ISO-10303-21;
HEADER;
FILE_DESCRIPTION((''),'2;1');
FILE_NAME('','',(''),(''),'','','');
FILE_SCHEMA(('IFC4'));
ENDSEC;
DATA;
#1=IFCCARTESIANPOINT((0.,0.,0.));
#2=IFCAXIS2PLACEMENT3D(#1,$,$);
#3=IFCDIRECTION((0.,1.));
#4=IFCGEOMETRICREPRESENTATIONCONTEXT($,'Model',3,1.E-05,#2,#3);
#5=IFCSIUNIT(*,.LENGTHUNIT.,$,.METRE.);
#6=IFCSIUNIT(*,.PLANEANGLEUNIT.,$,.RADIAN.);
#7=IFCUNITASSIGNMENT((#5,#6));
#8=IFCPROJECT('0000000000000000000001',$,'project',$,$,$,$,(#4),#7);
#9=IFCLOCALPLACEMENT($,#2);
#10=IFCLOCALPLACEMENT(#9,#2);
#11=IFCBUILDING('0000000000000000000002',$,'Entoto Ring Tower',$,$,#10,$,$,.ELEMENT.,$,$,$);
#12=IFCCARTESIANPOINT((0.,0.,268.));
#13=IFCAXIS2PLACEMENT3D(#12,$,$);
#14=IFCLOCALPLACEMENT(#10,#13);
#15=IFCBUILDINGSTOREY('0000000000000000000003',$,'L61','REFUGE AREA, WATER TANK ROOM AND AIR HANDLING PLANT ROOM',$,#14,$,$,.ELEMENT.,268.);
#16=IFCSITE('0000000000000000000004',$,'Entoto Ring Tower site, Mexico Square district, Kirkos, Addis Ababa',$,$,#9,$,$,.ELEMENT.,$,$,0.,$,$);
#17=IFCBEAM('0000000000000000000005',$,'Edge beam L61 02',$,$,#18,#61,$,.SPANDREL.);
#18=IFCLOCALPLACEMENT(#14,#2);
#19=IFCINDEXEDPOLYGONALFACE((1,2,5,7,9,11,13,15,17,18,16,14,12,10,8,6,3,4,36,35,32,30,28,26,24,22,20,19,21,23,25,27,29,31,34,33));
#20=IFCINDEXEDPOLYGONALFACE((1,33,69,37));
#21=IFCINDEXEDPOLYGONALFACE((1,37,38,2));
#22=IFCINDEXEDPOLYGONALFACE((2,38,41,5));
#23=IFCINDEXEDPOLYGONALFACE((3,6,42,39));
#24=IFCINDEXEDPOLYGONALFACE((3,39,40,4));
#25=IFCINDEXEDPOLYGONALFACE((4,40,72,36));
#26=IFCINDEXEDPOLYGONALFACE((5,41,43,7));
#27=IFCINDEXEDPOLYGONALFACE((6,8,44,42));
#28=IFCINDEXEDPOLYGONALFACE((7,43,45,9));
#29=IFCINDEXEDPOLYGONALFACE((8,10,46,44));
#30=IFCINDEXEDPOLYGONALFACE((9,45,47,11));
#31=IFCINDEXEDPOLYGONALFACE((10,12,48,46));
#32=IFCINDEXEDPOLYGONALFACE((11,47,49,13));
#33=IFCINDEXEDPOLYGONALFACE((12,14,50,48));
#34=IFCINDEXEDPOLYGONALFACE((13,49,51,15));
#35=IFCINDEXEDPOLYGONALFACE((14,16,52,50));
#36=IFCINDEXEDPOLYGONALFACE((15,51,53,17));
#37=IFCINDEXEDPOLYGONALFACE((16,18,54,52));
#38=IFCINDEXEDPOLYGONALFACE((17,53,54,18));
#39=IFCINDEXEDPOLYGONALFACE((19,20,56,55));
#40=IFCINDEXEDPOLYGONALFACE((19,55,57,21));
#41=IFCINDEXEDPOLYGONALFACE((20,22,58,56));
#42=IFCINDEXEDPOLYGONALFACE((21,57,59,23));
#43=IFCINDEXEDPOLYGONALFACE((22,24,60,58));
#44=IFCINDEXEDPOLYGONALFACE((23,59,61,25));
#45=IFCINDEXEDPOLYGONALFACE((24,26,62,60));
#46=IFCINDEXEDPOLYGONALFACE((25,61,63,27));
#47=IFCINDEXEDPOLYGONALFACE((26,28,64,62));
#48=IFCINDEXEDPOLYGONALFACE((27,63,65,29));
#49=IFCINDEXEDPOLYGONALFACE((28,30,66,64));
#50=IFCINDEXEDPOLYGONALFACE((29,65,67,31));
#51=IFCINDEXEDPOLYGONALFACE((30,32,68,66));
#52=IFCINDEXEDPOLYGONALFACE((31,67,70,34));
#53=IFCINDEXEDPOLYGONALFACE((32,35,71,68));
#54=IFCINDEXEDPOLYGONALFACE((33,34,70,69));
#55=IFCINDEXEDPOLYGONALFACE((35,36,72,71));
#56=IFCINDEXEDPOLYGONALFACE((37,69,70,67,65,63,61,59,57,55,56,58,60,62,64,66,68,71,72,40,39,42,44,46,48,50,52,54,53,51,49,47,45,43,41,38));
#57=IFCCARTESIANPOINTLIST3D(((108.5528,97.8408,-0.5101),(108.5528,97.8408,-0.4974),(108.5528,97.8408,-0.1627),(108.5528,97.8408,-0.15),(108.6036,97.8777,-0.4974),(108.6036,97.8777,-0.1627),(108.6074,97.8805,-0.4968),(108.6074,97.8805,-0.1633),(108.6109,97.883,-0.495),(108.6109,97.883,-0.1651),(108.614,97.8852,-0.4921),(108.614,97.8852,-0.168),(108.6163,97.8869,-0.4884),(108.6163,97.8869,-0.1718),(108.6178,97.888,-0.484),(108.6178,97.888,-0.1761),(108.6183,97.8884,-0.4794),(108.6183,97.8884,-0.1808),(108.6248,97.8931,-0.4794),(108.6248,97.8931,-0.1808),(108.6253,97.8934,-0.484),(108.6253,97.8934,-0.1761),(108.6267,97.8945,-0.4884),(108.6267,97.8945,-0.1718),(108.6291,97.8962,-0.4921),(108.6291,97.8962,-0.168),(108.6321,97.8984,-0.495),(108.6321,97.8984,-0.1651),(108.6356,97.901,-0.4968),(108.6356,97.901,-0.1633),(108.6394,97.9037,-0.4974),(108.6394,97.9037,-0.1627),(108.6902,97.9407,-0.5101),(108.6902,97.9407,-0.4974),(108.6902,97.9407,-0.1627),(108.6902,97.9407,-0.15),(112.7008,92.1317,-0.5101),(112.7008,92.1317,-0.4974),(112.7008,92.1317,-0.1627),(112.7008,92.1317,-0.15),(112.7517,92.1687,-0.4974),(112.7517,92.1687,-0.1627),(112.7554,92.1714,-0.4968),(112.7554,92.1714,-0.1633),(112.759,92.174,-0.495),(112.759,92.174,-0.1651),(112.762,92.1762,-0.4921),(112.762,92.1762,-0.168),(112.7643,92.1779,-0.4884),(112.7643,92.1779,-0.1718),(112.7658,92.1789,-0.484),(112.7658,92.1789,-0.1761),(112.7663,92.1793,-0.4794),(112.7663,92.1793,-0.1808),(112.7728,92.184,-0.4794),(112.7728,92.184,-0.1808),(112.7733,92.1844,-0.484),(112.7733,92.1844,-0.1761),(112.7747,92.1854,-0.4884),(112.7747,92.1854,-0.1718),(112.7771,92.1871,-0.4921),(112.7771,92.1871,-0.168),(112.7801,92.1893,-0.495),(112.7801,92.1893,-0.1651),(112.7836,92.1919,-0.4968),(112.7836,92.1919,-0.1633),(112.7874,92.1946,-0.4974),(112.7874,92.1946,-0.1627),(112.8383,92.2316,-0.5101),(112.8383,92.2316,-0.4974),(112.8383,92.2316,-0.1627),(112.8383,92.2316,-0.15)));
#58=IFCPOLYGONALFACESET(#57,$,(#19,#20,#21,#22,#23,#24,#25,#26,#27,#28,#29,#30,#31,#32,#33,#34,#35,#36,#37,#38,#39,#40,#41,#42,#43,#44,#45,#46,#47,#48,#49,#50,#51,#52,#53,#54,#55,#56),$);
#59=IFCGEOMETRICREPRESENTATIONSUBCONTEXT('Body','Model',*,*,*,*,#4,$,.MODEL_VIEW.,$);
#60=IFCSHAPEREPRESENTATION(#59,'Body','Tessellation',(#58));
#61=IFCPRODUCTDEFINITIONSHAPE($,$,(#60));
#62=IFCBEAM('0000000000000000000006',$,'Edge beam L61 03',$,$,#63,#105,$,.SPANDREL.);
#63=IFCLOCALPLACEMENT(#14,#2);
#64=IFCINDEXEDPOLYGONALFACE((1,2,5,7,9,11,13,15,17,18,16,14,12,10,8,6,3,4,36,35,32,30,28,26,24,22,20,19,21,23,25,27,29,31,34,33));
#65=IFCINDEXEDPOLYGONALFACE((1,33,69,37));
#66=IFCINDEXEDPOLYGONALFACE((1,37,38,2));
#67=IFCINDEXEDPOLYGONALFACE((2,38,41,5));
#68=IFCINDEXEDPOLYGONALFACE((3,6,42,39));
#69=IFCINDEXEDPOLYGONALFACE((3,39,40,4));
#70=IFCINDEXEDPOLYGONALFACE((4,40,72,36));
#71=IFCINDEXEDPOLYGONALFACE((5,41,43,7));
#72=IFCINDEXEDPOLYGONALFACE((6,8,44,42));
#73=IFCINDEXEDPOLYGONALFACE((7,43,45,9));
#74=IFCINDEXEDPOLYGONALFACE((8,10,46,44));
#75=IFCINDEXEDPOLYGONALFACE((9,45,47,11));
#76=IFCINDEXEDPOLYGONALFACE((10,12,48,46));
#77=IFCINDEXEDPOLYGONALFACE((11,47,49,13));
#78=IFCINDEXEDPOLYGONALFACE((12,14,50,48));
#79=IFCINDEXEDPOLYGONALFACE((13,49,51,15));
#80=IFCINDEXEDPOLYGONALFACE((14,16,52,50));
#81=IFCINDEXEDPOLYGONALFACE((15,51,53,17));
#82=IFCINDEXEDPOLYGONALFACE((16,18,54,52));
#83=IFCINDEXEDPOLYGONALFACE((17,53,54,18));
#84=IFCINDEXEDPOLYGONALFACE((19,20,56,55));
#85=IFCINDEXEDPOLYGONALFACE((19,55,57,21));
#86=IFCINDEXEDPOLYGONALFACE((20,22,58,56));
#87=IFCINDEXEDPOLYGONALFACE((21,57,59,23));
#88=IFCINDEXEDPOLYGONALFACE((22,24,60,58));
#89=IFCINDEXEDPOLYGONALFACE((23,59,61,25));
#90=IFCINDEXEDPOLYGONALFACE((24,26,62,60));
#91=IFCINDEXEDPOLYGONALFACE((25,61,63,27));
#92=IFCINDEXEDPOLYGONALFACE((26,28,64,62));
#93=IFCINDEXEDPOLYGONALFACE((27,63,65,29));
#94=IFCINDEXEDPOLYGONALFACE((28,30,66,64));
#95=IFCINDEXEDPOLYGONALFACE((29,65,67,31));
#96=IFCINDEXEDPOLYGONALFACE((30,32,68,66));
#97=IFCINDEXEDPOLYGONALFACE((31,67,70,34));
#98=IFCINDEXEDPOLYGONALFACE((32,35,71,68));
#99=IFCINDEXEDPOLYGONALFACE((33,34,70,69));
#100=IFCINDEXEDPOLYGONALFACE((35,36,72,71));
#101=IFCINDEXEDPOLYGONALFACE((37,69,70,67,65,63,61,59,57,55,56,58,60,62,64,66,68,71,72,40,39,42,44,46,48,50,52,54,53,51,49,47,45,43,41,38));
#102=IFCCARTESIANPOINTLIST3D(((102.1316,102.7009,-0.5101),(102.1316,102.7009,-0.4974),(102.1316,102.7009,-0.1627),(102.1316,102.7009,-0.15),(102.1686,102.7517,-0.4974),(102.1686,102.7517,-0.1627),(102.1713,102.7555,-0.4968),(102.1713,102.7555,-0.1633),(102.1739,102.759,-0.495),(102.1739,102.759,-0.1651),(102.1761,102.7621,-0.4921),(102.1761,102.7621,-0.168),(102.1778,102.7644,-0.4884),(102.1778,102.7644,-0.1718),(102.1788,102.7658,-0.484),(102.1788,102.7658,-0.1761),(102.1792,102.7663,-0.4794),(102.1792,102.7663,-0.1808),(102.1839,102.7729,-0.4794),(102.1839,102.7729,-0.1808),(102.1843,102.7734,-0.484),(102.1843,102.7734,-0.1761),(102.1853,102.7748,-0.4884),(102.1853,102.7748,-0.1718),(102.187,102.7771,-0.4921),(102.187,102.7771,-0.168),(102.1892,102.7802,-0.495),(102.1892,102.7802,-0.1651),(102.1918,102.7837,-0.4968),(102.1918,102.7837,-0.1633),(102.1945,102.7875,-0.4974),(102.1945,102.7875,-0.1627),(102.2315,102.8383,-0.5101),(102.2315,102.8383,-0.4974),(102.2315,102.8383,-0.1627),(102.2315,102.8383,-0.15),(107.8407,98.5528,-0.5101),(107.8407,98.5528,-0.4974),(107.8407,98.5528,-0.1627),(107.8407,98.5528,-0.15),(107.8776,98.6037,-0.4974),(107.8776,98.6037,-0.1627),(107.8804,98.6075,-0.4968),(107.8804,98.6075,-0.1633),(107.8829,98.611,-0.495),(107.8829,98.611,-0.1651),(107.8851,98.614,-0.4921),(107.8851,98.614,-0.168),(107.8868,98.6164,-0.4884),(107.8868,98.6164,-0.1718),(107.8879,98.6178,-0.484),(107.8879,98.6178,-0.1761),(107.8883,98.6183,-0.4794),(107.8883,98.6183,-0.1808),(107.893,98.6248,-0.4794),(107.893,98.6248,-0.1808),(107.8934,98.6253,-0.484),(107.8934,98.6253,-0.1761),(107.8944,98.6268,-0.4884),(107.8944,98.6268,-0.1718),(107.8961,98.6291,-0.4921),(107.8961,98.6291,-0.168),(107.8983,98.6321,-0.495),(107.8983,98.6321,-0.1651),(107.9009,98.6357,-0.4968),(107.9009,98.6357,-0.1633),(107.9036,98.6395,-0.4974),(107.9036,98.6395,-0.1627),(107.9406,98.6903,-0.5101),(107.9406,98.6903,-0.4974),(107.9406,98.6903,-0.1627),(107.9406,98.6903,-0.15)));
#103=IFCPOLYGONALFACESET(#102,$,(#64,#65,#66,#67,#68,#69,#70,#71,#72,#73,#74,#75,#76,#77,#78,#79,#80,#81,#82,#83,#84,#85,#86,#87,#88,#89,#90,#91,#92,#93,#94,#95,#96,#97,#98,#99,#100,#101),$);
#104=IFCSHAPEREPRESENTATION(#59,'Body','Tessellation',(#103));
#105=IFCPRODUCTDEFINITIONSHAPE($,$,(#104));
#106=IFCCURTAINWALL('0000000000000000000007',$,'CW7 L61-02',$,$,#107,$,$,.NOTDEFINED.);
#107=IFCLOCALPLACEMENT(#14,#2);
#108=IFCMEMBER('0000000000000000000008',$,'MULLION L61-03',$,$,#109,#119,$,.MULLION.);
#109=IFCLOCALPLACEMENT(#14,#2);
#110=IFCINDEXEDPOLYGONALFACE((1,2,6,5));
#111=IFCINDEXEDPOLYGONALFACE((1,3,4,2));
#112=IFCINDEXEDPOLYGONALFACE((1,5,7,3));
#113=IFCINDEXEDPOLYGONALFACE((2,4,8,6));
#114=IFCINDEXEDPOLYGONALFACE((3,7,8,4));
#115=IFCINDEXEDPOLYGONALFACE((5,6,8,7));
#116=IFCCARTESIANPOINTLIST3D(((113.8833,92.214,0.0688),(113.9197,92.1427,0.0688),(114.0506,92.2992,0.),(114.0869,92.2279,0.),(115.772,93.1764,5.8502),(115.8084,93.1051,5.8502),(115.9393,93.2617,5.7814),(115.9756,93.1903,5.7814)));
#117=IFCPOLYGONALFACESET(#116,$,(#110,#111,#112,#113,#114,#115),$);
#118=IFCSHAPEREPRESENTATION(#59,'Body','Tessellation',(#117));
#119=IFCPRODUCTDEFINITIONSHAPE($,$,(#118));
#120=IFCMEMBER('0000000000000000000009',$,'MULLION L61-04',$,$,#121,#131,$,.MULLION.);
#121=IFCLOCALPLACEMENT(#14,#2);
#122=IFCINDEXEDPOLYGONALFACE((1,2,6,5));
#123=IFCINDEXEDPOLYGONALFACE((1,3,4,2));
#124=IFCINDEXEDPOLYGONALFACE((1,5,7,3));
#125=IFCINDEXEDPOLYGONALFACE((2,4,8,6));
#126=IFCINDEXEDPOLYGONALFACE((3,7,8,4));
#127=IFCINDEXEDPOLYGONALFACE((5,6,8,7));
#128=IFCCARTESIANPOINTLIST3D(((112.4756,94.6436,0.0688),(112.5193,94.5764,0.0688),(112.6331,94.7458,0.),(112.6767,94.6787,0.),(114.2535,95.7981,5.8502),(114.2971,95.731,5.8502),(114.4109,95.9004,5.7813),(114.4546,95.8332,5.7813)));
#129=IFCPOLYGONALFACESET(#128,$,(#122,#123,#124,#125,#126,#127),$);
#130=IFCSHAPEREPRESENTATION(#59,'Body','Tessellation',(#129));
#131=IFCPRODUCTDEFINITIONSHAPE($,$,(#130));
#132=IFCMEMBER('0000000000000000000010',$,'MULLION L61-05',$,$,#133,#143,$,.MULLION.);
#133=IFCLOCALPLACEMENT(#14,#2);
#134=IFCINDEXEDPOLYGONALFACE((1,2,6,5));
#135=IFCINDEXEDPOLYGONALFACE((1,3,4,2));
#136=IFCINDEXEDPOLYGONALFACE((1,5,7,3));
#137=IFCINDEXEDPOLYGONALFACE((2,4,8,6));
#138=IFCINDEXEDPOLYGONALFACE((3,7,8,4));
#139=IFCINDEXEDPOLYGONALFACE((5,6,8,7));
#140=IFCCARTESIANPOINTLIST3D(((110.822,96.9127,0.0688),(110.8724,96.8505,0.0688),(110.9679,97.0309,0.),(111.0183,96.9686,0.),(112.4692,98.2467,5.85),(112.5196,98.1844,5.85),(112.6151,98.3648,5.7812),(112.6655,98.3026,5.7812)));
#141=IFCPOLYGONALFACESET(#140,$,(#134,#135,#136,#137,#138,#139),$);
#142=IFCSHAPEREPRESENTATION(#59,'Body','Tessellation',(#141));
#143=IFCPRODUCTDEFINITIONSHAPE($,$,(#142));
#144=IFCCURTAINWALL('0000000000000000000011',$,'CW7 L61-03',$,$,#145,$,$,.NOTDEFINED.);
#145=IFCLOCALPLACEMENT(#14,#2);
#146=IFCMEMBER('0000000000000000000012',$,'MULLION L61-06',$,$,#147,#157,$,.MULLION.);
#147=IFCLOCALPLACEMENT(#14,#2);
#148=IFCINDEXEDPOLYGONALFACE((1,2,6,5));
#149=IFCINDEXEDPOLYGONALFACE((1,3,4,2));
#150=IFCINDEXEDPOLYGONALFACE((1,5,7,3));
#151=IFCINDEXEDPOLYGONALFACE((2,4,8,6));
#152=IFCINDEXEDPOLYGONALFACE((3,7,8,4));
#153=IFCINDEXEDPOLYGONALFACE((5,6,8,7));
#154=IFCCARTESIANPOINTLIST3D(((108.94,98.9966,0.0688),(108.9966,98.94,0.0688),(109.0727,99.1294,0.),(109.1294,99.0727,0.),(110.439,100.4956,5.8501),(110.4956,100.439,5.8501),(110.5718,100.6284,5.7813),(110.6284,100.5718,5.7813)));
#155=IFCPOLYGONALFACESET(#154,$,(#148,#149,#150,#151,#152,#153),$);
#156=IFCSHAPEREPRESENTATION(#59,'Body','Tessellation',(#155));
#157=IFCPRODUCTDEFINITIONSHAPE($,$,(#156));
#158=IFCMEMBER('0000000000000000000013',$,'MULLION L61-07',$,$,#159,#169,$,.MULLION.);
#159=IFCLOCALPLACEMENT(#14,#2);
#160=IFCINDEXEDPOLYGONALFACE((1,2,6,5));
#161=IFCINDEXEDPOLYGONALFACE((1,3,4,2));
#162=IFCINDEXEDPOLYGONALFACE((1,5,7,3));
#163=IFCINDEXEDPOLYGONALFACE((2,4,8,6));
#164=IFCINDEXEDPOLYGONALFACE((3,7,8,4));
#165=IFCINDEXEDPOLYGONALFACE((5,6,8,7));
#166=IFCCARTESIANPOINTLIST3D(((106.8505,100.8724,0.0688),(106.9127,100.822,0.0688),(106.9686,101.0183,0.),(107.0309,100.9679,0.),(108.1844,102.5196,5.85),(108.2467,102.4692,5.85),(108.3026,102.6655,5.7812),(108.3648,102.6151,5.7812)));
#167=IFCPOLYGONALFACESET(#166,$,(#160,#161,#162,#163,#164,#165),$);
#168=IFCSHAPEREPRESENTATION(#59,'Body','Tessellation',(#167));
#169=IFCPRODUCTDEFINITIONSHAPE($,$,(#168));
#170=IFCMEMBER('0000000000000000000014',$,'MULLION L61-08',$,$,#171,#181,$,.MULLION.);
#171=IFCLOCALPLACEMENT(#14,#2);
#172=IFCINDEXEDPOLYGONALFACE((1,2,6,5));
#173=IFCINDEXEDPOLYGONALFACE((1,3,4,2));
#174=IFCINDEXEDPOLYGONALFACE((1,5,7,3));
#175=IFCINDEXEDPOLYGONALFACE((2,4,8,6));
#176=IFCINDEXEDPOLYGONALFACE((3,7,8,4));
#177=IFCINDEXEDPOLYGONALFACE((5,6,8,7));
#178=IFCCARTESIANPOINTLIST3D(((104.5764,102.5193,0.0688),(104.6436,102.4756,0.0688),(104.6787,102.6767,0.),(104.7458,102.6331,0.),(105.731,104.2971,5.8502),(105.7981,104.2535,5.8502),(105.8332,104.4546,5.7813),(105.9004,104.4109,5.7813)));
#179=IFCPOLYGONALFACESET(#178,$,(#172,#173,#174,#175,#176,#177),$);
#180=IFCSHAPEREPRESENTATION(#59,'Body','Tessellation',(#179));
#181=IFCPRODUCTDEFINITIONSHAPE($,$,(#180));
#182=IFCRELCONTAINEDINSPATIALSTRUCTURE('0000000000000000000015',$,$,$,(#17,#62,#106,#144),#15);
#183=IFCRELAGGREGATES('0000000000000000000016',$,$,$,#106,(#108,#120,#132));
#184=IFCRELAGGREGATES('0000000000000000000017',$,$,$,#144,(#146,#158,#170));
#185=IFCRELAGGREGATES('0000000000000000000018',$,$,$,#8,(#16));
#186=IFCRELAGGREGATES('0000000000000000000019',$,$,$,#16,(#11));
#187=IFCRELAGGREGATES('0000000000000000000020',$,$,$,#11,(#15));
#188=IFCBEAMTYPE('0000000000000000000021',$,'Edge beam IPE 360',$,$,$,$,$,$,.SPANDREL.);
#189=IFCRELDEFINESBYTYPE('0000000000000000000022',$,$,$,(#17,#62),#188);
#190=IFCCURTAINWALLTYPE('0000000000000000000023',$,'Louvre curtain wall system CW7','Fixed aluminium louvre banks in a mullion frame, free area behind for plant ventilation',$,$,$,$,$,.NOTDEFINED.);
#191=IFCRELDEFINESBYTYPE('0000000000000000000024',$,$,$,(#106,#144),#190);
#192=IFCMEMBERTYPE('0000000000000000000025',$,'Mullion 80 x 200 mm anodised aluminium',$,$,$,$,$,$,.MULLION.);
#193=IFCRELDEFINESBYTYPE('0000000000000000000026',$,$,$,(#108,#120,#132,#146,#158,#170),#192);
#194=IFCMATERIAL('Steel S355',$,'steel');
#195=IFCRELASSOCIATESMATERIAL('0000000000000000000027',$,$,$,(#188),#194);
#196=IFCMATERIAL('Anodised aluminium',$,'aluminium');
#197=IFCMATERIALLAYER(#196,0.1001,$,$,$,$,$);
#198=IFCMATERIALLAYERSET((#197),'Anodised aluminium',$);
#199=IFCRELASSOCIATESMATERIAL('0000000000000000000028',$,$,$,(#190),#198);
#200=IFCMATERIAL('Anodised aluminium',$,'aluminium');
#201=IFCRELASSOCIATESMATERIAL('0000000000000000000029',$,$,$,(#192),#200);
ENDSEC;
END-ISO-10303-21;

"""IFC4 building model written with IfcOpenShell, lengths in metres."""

from ifc_helpers import new_model, si_unit, direction, frame, origin, origin_2d, place, context, subcontext, project, spatial, rectangle, i_section, extrude, material, layer, layer_set, material_profile, profile_set, type_object, element, aggregate, save


model = new_model("IFC4")

# Units and contexts
model_context = context("Model", 3, precision=1e-05, world=origin(), true_north=direction((0.0, 1.0)))
body_context = subcontext(model_context, "Body", "Model", "MODEL_VIEW")
ifc_project = project(units=[si_unit("LENGTHUNIT", "METRE"), si_unit("PLANEANGLEUNIT", "RADIAN")], contexts=[model_context])

# Site, building, storey
site_placement = place(None, origin())
site = spatial("IfcSite", under=ifc_project, at=site_placement, Name="Entoto Ring Tower site, Mexico Square district, Kirkos, Addis Ababa", CompositionType="ELEMENT", RefElevation=0.0)
building_placement = place(site_placement, origin())
building = spatial("IfcBuilding", under=site, at=building_placement, Name="Entoto Ring Tower", CompositionType="ELEMENT")
storey_placement = place(building_placement, frame((0.0, 0.0, 268.0)))
storey = spatial("IfcBuildingStorey", under=building, at=storey_placement, Name="L61", Description="REFUGE AREA, WATER TANK ROOM AND AIR HANDLING PLANT ROOM", CompositionType="ELEMENT", Elevation=268.0)

# Beams
ifc_material_1 = material(Name="Steel S355", Category="steel")
ifc_material_profile_1 = material_profile(ifc_material_1, i_section(OverallWidth=0.1699, OverallDepth=0.3601, WebThickness=0.0081, FlangeThickness=0.0127, FilletRadius=0.0181, at=origin_2d()), Name="IPE 360")
ifc_profile_set_1 = profile_set([ifc_material_profile_1], Name="Steel S355")
beam_type = type_object("IfcBeamType", Name="Edge beam IPE 360", PredefinedType="SPANDREL", material=ifc_profile_set_1)
for number, where, z_axis, x_axis, name in (
    (1, (112.7695, 92.1816, -0.3301), (-0.587797, 0.809008, 0.0), (-0.809008, -0.587797, 0.0), "Edge beam L61 02"),
    (2, (107.8906, 98.6216, -0.3301), (-0.809008, 0.587797, 0.0), (-0.587797, -0.809008, 0.0), "Edge beam L61 03"),
):
    element("IfcBeam", number, at=place(storey_placement, frame(where, z_axis=z_axis, x_axis=x_axis)), inside=storey, type_object=beam_type, Name=name, PredefinedType="SPANDREL", context=body_context, shape_type="SweptSolid", body=[
        extrude(i_section(OverallWidth=0.1699, OverallDepth=0.3601, WebThickness=0.0081, FlangeThickness=0.0127, FilletRadius=0.0181, at=origin_2d()), origin(), (0.0, 0.0, 1.0), 7.0569),
    ])

# Curtain walls, members
ifc_material_2 = material(Name="Anodised aluminium", Category="aluminium")
ifc_layer_1 = layer(ifc_material_2, 0.1001)
ifc_layer_set_1 = layer_set([ifc_layer_1], Name="Anodised aluminium")
curtain_wall_type = type_object("IfcCurtainWallType", Name="Louvre curtain wall system CW7", Description="Fixed aluminium louvre banks in a mullion frame, free area behind for plant ventilation", PredefinedType="NOTDEFINED", material=ifc_layer_set_1)
curtain_wall_1_placement = place(storey_placement, origin())
curtain_wall_1 = element("IfcCurtainWall", 3, at=curtain_wall_1_placement, inside=storey, type_object=curtain_wall_type, Name="CW7 L61-02", PredefinedType="NOTDEFINED")
ifc_material_3 = material(Name="Anodised aluminium", Category="aluminium")
ifc_material_profile_2 = material_profile(ifc_material_3, rectangle(XDim=0.0801, YDim=0.2, at=origin_2d()), Name="Mullion 80 x 200 mm anodised aluminium")
ifc_profile_set_2 = profile_set([ifc_material_profile_2], Name="Anodised aluminium")
member_type_1 = type_object("IfcMemberType", Name="Mullion 80 x 200 mm anodised aluminium", PredefinedType="MULLION", material=ifc_profile_set_2)
member_1_placement = place(storey_placement, frame((113.9851, 92.2209, 0.0344), z_axis=(0.306722, 0.156295, 0.938879), x_axis=(-0.454019, 0.890992, 0.0)))
member_1 = element("IfcMember", 4, at=member_1_placement, type_object=member_type_1, Name="MULLION L61-03", PredefinedType="MULLION", context=body_context, shape_type="SweptSolid", body=[
    extrude(rectangle(XDim=0.0801, YDim=0.2, at=origin_2d()), origin(), (0.0, 0.0, 1.0), 6.1577),
])
member_2_placement = place(storey_placement, frame((112.5762, 94.6611, 0.0344), z_axis=(0.28872, 0.187497, 0.938875), x_axis=(-0.54464, 0.83867, 0.0)))
member_2 = element("IfcMember", 5, at=member_2_placement, type_object=member_type_1, Name="MULLION L61-04", PredefinedType="MULLION", context=body_context, shape_type="SweptSolid", body=[
    extrude(rectangle(XDim=0.0801, YDim=0.2, at=origin_2d()), origin(), (0.0, 0.0, 1.0), 6.1577),
])
member_3_placement = place(storey_placement, frame((110.9202, 96.9407, 0.0344), z_axis=(0.267511, 0.216641, 0.938885), x_axis=(-0.629347, 0.777124, 0.0)))
member_3 = element("IfcMember", 6, at=member_3_placement, type_object=member_type_1, Name="MULLION L61-05", PredefinedType="MULLION", context=body_context, shape_type="SweptSolid", body=[
    extrude(rectangle(XDim=0.0801, YDim=0.2, at=origin_2d()), origin(), (0.0, 0.0, 1.0), 6.1575),
])
aggregate(curtain_wall_1, [member_1, member_2, member_3])
curtain_wall_2_placement = place(storey_placement, origin())
curtain_wall_2 = element("IfcCurtainWall", 7, at=curtain_wall_2_placement, inside=storey, type_object=curtain_wall_type, Name="CW7 L61-03", PredefinedType="NOTDEFINED")
member_4_placement = place(storey_placement, frame((109.0347, 99.0347, 0.0344), z_axis=(0.24344, 0.24344, 0.938869), x_axis=(-0.707107, 0.707107, 0.0)))
member_4 = element("IfcMember", 8, at=member_4_placement, type_object=member_type_1, Name="MULLION L61-06", PredefinedType="MULLION", context=body_context, shape_type="SweptSolid", body=[
    extrude(rectangle(XDim=0.0801, YDim=0.2, at=origin_2d()), origin(), (0.0, 0.0, 1.0), 6.1577),
])
member_5_placement = place(storey_placement, frame((106.9407, 100.9202, 0.0344), z_axis=(0.216641, 0.267511, 0.938885), x_axis=(-0.777124, 0.629347, 0.0)))
member_5 = element("IfcMember", 9, at=member_5_placement, type_object=member_type_1, Name="MULLION L61-07", PredefinedType="MULLION", context=body_context, shape_type="SweptSolid", body=[
    extrude(rectangle(XDim=0.0801, YDim=0.2, at=origin_2d()), origin(), (0.0, 0.0, 1.0), 6.1575),
])
member_6_placement = place(storey_placement, frame((104.6611, 102.5762, 0.0344), z_axis=(0.187497, 0.28872, 0.938875), x_axis=(-0.83867, 0.54464, 0.0)))
member_6 = element("IfcMember", 10, at=member_6_placement, type_object=member_type_1, Name="MULLION L61-08", PredefinedType="MULLION", context=body_context, shape_type="SweptSolid", body=[
    extrude(rectangle(XDim=0.0801, YDim=0.2, at=origin_2d()), origin(), (0.0, 0.0, 1.0), 6.1577),
])
aggregate(curtain_wall_2, [member_4, member_5, member_6])

save(model, "model.ifc")
